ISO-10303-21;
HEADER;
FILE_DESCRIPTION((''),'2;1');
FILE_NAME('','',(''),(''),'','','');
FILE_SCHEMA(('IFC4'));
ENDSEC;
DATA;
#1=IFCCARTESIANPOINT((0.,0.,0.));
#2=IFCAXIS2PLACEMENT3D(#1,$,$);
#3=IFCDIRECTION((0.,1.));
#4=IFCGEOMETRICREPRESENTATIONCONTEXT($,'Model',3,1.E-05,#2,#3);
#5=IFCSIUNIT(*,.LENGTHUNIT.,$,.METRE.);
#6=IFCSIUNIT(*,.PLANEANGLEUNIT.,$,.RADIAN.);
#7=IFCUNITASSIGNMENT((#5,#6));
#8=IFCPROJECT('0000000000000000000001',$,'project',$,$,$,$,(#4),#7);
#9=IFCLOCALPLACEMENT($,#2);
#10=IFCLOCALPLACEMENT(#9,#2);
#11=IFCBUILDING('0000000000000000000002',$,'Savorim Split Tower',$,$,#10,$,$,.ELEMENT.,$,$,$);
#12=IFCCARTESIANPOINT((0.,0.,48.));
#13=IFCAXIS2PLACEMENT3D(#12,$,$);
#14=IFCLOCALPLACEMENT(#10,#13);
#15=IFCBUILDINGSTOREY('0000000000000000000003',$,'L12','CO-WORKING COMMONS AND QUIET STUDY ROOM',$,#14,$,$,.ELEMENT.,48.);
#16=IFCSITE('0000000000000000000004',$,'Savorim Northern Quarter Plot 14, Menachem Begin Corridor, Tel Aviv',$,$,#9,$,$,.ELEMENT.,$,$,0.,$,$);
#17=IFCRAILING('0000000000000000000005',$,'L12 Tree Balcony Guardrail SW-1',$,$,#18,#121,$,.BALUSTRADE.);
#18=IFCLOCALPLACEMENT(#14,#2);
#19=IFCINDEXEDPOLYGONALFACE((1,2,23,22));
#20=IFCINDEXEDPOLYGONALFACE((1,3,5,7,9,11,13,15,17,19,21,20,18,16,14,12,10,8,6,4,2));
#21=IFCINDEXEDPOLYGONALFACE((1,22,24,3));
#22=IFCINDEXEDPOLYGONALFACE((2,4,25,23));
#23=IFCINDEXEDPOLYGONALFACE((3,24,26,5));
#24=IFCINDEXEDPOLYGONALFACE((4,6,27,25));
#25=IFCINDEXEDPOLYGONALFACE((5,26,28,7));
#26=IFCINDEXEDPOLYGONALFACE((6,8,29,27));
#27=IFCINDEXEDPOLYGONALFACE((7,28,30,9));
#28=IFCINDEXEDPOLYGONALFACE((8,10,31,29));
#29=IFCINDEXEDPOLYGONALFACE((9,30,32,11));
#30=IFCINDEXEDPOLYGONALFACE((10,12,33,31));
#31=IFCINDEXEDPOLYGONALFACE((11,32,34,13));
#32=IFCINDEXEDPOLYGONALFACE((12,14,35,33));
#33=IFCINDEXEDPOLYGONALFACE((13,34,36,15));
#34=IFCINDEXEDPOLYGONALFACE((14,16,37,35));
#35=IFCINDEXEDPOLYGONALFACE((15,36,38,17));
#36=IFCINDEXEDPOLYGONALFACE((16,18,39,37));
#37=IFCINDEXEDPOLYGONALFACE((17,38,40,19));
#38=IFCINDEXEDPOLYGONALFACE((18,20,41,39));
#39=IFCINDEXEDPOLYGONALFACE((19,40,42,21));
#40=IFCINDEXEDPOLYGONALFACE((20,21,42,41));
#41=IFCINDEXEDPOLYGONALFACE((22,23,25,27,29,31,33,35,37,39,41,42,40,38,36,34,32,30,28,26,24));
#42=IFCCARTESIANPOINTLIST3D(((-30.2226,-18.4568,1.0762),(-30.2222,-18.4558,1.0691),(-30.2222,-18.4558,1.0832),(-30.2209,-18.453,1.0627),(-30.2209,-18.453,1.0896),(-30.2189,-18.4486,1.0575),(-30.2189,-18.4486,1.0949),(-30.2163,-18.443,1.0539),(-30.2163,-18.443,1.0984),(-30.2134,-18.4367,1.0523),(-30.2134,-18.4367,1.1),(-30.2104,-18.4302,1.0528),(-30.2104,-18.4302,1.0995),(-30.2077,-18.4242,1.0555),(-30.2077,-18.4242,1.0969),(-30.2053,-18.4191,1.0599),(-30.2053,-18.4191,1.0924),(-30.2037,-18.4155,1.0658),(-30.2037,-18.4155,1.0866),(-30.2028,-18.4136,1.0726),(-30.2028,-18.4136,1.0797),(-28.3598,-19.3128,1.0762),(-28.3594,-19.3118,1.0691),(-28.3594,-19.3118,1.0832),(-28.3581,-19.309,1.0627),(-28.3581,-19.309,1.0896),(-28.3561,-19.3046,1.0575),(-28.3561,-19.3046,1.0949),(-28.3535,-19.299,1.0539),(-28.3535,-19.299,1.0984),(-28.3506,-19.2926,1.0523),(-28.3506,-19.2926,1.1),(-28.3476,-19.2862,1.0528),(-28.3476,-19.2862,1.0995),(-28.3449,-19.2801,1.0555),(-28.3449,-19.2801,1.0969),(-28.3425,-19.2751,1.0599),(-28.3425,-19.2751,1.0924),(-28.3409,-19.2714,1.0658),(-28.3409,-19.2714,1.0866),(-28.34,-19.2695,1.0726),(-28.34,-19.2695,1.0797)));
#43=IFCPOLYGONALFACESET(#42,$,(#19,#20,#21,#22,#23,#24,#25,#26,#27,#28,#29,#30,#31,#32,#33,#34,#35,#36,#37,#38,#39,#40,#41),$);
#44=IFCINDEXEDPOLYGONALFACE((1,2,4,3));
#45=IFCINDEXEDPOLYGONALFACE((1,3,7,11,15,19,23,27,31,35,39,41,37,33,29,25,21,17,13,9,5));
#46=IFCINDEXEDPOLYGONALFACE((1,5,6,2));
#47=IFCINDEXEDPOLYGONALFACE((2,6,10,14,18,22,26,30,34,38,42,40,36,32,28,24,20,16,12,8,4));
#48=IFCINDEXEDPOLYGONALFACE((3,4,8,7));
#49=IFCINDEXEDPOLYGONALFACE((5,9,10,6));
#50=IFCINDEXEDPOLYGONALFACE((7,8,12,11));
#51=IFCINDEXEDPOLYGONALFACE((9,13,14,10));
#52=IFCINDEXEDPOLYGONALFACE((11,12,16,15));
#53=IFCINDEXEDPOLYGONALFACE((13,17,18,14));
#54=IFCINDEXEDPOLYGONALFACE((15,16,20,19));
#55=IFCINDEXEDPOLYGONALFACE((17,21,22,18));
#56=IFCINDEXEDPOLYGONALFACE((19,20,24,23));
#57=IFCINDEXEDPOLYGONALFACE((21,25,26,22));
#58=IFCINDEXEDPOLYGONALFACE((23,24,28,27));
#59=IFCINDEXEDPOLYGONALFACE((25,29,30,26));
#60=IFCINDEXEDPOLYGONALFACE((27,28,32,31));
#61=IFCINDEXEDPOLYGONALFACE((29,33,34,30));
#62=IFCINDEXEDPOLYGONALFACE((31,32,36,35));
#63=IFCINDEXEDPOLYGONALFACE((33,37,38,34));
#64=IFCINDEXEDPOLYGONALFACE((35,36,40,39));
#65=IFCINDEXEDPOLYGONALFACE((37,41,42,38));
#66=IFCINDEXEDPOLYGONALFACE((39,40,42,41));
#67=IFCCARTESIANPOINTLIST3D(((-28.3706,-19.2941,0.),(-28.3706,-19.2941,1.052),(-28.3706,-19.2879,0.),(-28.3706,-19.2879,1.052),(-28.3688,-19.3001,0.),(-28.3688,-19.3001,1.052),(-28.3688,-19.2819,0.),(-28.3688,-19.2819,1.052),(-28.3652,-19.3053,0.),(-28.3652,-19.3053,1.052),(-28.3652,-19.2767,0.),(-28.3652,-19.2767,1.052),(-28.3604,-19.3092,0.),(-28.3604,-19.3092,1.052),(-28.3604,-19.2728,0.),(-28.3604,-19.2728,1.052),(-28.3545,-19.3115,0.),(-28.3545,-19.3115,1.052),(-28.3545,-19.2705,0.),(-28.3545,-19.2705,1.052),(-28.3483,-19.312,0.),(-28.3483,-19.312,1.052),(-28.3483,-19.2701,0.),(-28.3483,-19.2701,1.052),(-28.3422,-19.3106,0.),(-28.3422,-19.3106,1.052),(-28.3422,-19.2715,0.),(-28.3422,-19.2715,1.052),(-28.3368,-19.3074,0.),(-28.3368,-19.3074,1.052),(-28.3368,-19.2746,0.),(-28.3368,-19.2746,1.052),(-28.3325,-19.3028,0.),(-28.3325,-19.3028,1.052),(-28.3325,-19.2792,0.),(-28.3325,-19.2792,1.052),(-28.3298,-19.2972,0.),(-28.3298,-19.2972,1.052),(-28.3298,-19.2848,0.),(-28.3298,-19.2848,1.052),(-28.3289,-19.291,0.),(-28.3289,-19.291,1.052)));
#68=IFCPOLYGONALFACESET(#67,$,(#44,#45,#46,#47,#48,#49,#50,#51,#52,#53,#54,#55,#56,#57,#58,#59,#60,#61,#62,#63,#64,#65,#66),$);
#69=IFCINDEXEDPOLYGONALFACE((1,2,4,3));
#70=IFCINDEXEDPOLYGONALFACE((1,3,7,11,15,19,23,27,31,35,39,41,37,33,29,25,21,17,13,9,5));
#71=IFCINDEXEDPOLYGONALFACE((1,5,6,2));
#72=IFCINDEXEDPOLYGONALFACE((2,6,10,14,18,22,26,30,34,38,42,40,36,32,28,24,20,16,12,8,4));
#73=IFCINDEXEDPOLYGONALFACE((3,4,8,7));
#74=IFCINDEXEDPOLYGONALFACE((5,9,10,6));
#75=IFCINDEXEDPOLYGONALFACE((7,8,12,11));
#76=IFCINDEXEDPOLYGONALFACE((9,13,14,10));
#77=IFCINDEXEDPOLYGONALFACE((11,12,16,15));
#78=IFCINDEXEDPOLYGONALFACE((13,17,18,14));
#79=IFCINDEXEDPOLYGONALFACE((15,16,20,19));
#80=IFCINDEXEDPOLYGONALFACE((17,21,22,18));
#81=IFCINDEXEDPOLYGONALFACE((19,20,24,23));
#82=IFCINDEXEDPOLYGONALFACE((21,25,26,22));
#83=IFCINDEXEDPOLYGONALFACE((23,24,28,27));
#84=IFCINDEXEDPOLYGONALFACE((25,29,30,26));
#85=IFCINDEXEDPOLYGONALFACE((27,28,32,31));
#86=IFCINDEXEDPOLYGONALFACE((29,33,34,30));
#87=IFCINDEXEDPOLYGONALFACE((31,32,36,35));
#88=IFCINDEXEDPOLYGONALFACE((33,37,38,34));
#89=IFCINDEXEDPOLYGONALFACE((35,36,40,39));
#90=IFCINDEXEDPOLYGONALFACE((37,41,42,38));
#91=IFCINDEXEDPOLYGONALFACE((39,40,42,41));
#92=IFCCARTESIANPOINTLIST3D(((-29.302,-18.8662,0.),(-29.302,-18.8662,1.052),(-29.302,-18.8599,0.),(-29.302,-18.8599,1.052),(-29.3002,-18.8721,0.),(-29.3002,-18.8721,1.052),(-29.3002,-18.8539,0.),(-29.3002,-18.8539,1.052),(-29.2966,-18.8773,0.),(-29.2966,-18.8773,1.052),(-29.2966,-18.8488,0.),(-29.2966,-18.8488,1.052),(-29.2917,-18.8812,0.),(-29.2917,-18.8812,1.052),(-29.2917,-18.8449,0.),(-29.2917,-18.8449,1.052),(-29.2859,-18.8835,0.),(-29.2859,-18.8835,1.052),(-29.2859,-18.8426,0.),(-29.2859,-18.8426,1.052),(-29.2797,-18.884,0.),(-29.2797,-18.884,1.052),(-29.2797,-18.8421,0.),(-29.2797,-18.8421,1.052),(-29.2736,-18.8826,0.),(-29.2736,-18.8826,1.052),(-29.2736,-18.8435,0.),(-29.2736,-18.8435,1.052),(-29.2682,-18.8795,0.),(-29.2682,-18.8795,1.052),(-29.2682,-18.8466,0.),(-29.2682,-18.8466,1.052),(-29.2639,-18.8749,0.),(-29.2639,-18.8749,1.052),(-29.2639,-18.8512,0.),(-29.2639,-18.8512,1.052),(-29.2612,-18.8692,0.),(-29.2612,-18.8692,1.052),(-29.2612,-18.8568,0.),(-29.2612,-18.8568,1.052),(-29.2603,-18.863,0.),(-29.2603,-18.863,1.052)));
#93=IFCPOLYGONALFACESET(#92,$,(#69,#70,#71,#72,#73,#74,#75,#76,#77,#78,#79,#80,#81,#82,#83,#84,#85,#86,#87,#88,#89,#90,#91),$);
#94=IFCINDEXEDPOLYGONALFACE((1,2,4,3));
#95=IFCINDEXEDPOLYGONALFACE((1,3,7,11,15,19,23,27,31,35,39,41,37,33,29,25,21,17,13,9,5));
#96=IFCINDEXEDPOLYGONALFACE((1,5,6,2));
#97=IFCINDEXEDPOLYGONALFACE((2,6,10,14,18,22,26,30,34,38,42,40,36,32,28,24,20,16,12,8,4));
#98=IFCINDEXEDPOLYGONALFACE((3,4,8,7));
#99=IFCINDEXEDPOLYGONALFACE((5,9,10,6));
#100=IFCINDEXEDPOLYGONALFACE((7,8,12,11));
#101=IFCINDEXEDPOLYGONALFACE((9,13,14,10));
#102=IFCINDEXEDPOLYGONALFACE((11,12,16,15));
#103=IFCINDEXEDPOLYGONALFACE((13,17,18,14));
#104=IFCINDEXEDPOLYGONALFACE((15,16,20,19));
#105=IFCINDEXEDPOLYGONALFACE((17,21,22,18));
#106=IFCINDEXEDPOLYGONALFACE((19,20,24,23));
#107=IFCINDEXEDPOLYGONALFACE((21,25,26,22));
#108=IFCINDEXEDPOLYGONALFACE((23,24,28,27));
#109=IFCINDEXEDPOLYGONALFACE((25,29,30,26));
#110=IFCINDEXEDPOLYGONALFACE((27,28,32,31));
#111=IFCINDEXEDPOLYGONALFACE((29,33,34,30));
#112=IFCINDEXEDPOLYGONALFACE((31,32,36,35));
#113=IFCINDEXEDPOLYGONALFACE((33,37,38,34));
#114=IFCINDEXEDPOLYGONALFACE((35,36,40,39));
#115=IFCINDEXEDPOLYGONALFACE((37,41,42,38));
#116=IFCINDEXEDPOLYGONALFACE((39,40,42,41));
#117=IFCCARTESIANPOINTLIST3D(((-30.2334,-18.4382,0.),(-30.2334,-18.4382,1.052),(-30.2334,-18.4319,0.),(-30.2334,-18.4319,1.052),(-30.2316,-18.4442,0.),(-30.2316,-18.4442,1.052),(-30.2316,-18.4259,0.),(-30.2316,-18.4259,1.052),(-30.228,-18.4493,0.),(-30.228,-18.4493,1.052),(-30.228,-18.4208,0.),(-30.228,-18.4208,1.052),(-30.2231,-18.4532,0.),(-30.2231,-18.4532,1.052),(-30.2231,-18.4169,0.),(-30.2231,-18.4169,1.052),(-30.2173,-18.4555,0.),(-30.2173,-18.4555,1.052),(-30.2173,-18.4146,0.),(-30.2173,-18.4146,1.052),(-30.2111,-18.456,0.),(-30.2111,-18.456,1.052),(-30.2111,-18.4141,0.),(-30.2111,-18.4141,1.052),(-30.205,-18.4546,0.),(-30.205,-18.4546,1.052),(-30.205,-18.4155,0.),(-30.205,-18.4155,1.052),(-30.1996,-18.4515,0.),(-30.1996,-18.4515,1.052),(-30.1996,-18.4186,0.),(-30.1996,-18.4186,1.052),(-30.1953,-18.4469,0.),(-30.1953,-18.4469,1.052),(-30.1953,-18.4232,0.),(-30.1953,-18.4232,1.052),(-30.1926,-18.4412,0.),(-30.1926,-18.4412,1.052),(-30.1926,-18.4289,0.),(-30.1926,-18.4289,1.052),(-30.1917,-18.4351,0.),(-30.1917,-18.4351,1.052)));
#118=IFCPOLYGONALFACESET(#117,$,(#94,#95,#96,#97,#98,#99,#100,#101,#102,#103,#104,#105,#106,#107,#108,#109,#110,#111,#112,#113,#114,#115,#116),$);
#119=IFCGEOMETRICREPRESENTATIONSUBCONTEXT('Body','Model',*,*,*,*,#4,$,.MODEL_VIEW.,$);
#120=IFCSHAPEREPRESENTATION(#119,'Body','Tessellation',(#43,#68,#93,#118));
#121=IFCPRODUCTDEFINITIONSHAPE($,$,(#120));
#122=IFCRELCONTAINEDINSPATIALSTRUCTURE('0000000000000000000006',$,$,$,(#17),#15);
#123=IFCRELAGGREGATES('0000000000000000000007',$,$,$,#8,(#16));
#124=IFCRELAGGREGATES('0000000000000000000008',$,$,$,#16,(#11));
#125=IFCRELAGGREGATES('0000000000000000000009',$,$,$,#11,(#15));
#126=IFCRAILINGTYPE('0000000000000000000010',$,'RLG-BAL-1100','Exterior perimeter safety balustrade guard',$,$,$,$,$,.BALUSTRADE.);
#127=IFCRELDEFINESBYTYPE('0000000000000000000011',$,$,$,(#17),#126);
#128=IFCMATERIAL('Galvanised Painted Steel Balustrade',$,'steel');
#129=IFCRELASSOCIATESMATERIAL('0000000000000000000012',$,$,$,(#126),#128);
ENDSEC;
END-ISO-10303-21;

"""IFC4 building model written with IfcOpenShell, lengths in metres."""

from ifc_helpers import new_model, si_unit, direction, frame, origin, origin_2d, place, context, subcontext, project, spatial, circle, extrude, material, type_object, element, save


model = new_model("IFC4")

# Units and contexts
model_context = context("Model", 3, precision=1e-05, world=origin(), true_north=direction((0.0, 1.0)))
body_context = subcontext(model_context, "Body", "Model", "MODEL_VIEW")
ifc_project = project(units=[si_unit("LENGTHUNIT", "METRE"), si_unit("PLANEANGLEUNIT", "RADIAN")], contexts=[model_context])

# Site, building, storey
site_placement = place(None, origin())
site = spatial("IfcSite", under=ifc_project, at=site_placement, Name="Savorim Northern Quarter Plot 14, Menachem Begin Corridor, Tel Aviv", CompositionType="ELEMENT", RefElevation=0.0)
building_placement = place(site_placement, origin())
building = spatial("IfcBuilding", under=site, at=building_placement, Name="Savorim Split Tower", CompositionType="ELEMENT")
storey_placement = place(building_placement, frame((0.0, 0.0, 48.0)))
storey = spatial("IfcBuildingStorey", under=building, at=storey_placement, Name="L12", Description="CO-WORKING COMMONS AND QUIET STUDY ROOM", CompositionType="ELEMENT", Elevation=48.0)

# Railing
ifc_material_1 = material(Name="Galvanised Painted Steel Balustrade", Category="steel")
railing_type = type_object("IfcRailingType", Name="RLG-BAL-1100", Description="Exterior perimeter safety balustrade guard", PredefinedType="BALUSTRADE", material=ifc_material_1)
railing_1_placement = place(storey_placement, frame((-28.3499, -19.291, 0.0)))
element("IfcRailing", 1, at=railing_1_placement, inside=storey, type_object=railing_type, Name="L12 Tree Balcony Guardrail SW-1", PredefinedType="BALUSTRADE", context=body_context, shape_type="SweptSolid", body=[
    extrude(circle(Radius=0.0239, at=origin_2d()), frame((0.0, 0.0, 1.0762), z_axis=(-0.908662, 0.417532, 0.0), x_axis=(-0.417532, -0.908662, 0.0)), (0.0, 0.0, 1.0), 2.05),
    extrude(circle(Radius=0.021, at=origin_2d()), origin(), (0.0, 0.0, 1.0), 1.052),
    extrude(circle(Radius=0.021, at=origin_2d()), frame((-0.9314, 0.428, 0.0)), (0.0, 0.0, 1.0), 1.052),
    extrude(circle(Radius=0.021, at=origin_2d()), frame((-1.8628, 0.856, 0.0)), (0.0, 0.0, 1.0), 1.052),
])

save(model, "model.ifc")
